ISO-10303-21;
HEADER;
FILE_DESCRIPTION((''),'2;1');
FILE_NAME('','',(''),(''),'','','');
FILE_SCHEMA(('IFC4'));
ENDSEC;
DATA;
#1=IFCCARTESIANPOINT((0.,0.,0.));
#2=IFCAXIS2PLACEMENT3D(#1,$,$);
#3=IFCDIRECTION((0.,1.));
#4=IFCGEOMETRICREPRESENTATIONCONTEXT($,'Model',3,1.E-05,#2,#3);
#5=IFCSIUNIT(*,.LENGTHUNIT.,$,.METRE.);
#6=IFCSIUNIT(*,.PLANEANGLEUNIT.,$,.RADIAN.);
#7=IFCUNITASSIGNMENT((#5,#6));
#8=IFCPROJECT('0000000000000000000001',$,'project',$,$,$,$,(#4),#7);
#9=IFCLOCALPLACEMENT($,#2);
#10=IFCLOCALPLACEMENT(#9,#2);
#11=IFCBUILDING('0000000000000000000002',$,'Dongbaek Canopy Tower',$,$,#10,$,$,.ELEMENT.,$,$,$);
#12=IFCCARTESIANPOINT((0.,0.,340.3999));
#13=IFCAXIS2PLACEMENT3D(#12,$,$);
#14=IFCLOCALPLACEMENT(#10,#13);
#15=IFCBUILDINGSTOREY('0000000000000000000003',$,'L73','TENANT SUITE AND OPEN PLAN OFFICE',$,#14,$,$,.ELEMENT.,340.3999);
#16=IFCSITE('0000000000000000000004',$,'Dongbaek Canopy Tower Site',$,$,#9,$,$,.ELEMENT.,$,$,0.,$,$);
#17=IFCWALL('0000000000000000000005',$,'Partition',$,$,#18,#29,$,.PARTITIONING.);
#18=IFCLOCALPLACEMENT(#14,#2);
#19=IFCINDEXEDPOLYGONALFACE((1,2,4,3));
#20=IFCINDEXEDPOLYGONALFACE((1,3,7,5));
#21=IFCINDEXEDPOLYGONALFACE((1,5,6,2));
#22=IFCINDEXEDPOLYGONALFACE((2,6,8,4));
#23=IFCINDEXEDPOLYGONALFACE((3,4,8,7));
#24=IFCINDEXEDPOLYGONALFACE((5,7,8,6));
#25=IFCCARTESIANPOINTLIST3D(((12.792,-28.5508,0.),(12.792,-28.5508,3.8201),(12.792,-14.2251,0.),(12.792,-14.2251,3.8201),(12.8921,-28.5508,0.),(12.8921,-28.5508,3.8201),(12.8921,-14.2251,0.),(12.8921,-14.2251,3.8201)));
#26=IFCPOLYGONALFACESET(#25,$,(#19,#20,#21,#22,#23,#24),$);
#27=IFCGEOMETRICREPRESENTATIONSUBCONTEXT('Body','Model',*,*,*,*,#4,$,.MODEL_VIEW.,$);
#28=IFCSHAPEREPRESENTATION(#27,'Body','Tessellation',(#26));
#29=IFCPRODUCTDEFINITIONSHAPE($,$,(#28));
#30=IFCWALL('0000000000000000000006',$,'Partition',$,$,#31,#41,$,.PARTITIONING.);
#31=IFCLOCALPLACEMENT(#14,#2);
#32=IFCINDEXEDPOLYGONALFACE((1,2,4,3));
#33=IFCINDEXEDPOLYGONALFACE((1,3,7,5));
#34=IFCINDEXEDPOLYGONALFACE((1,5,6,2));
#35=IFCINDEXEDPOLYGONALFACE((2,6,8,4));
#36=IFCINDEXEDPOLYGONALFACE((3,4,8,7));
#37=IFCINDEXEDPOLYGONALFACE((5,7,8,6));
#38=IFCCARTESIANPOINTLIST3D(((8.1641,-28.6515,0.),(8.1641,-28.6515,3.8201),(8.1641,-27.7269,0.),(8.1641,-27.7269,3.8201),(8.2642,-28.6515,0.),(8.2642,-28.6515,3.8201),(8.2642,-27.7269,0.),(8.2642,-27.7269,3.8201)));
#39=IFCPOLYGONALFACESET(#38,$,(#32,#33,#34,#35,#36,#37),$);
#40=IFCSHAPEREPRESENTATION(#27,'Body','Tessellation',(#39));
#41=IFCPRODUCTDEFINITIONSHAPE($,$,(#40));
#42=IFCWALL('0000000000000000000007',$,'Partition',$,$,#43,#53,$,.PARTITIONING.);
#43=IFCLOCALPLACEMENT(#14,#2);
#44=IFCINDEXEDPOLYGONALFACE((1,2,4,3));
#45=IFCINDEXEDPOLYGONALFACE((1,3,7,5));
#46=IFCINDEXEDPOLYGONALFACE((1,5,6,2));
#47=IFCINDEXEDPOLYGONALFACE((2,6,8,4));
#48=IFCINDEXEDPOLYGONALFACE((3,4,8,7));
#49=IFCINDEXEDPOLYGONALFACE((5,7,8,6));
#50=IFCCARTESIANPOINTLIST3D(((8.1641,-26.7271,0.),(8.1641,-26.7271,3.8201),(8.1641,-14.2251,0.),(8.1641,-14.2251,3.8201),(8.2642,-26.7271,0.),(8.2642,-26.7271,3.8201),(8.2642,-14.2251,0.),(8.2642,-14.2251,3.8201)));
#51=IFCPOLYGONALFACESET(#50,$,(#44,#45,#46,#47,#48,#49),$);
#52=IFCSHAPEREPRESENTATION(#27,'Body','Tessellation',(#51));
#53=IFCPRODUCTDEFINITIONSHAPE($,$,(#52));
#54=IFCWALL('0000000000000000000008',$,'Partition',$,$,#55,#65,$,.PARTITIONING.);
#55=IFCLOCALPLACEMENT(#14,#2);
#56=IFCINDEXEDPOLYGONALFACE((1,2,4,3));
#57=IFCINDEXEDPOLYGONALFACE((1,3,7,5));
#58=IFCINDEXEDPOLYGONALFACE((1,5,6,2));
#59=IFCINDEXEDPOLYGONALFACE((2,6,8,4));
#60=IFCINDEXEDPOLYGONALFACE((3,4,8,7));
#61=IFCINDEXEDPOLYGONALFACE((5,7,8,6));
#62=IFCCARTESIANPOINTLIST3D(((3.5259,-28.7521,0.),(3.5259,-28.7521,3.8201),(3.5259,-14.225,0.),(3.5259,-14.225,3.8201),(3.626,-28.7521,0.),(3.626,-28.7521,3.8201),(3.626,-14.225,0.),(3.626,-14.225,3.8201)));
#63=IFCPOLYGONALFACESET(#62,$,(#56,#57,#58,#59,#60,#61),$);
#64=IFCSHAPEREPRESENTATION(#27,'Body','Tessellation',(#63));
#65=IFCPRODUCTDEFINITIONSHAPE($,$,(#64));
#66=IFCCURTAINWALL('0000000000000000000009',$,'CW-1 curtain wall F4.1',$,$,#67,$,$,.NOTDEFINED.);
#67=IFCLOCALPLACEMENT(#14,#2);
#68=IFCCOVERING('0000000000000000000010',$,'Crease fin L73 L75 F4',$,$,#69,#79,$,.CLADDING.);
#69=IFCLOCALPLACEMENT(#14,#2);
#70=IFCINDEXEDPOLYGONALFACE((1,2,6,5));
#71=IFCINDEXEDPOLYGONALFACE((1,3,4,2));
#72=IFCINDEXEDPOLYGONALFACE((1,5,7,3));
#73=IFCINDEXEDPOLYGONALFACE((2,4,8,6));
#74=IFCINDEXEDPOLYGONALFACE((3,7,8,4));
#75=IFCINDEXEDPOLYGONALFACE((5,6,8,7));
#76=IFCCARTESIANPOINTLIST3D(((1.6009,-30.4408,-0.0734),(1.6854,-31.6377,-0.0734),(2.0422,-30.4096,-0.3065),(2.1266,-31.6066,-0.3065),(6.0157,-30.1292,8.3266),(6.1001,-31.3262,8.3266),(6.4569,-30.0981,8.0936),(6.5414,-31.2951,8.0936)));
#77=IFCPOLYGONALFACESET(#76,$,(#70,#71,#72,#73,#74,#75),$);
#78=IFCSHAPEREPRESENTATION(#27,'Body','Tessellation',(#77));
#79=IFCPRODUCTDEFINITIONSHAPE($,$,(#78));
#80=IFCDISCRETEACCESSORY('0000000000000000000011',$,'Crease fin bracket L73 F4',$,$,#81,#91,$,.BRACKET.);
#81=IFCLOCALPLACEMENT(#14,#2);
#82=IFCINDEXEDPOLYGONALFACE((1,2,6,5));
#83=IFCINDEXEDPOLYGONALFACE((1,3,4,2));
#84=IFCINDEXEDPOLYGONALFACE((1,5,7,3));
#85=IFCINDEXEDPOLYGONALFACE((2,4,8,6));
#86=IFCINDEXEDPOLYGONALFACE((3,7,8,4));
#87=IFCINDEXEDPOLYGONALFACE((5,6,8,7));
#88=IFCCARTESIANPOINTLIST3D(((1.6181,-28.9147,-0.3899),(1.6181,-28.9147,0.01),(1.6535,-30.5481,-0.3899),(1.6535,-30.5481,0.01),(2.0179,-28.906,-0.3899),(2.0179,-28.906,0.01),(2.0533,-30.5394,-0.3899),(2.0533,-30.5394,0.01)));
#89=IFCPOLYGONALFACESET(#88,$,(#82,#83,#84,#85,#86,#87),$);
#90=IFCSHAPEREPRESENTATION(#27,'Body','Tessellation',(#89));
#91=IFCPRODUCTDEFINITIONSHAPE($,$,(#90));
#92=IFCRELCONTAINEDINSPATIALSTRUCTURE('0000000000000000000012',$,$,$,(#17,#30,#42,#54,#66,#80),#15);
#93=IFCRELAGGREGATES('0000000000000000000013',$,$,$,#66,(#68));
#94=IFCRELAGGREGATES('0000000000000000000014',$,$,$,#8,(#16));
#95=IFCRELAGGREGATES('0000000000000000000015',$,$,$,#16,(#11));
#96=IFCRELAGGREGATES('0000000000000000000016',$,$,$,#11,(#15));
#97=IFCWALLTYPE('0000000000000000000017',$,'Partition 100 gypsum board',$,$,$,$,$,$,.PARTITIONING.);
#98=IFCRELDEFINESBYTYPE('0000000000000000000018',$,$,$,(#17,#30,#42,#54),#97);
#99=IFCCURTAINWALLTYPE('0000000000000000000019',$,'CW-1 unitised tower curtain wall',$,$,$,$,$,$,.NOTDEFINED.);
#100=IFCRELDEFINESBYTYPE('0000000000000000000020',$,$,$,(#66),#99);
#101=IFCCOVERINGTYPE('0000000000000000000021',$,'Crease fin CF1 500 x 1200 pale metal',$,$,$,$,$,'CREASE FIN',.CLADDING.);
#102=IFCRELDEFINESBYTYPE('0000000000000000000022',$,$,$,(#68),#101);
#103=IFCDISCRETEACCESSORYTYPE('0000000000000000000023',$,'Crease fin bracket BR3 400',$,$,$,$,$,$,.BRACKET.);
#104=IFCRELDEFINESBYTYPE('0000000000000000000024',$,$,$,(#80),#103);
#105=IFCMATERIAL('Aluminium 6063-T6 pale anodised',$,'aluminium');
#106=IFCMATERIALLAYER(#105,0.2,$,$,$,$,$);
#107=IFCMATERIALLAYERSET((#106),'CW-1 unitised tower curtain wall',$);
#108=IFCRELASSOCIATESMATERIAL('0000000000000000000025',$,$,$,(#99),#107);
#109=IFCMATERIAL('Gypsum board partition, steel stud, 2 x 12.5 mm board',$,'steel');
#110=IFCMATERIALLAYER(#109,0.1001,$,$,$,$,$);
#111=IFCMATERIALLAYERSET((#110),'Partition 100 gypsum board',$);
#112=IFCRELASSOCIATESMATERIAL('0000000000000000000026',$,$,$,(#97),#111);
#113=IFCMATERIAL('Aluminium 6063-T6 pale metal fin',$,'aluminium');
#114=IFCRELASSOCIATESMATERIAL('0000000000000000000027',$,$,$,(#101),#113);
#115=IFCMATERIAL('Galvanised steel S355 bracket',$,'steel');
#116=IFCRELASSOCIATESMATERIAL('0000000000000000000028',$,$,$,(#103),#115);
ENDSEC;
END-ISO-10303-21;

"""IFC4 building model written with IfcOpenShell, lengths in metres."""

from ifc_helpers import new_model, si_unit, direction, frame, frame_2d, origin, origin_2d, place, context, subcontext, project, spatial, rectangle, extrude, material, layer, layer_set, material_profile, profile_set, type_object, element, aggregate, save


model = new_model("IFC4")

# Units and contexts
model_context = context("Model", 3, precision=1e-05, world=origin(), true_north=direction((0.0, 1.0)))
body_context = subcontext(model_context, "Body", "Model", "MODEL_VIEW")
ifc_project = project(units=[si_unit("LENGTHUNIT", "METRE"), si_unit("PLANEANGLEUNIT", "RADIAN")], contexts=[model_context])

# Site, building, storey
site_placement = place(None, origin())
site = spatial("IfcSite", under=ifc_project, at=site_placement, Name="Dongbaek Canopy Tower Site", CompositionType="ELEMENT", RefElevation=0.0)
building_placement = place(site_placement, origin())
building = spatial("IfcBuilding", under=site, at=building_placement, Name="Dongbaek Canopy Tower", CompositionType="ELEMENT")
storey_placement = place(building_placement, frame((0.0, 0.0, 340.3999)))
storey = spatial("IfcBuildingStorey", under=building, at=storey_placement, Name="L73", Description="TENANT SUITE AND OPEN PLAN OFFICE", CompositionType="ELEMENT", Elevation=340.3999)

# Shared definitions
ifc_material_1 = material(Name="Aluminium 6063-T6 pale anodised", Category="aluminium")
ifc_layer_1 = layer(ifc_material_1, 0.2)
ifc_layer_set_1 = layer_set([ifc_layer_1], Name="CW-1 unitised tower curtain wall")
curtain_wall_type = type_object("IfcCurtainWallType", Name="CW-1 unitised tower curtain wall", PredefinedType="NOTDEFINED", material=ifc_layer_set_1)

# Walls
ifc_material_2 = material(Name="Gypsum board partition, steel stud, 2 x 12.5 mm board", Category="steel")
ifc_layer_2 = layer(ifc_material_2, 0.1001)
ifc_layer_set_2 = layer_set([ifc_layer_2], Name="Partition 100 gypsum board")
wall_type_1 = type_object("IfcWallType", Name="Partition 100 gypsum board", PredefinedType="PARTITIONING", material=ifc_layer_set_2)
wall_1_placement = place(storey_placement, frame((12.842, -28.5508, 0.0), z_axis=(0.0, 0.0, 1.0), x_axis=(0.0, 1.0, 0.0)))
element("IfcWall", 1, at=wall_1_placement, inside=storey, type_object=wall_type_1, Name="Partition", PredefinedType="PARTITIONING", context=body_context, shape_type="SweptSolid", body=[
    extrude(rectangle(XDim=14.3257, YDim=0.1001, at=frame_2d((7.1628, 0.0))), origin(), (0.0, 0.0, 1.0), 3.8201),
])
wall_2_placement = place(storey_placement, frame((8.2141, -28.6516, 0.0), z_axis=(0.0, 0.0, 1.0), x_axis=(0.0, 1.0, 0.0)))
element("IfcWall", 2, at=wall_2_placement, inside=storey, type_object=wall_type_1, Name="Partition", PredefinedType="PARTITIONING", context=body_context, shape_type="SweptSolid", body=[
    extrude(rectangle(XDim=0.9246, YDim=0.1001, at=frame_2d((0.4624, 0.0))), origin(), (0.0, 0.0, 1.0), 3.8201),
])
wall_3_placement = place(storey_placement, frame((8.2141, -26.7271, 0.0), z_axis=(0.0, 0.0, 1.0), x_axis=(0.0, 1.0, 0.0)))
element("IfcWall", 3, at=wall_3_placement, inside=storey, type_object=wall_type_1, Name="Partition", PredefinedType="PARTITIONING", context=body_context, shape_type="SweptSolid", body=[
    extrude(rectangle(XDim=12.502, YDim=0.1001, at=frame_2d((6.251, 0.0))), origin(), (0.0, 0.0, 1.0), 3.8201),
])
wall_4_placement = place(storey_placement, frame((3.5759, -28.7522, 0.0), z_axis=(0.0, 0.0, 1.0), x_axis=(0.0, 1.0, 0.0)))
element("IfcWall", 4, at=wall_4_placement, inside=storey, type_object=wall_type_1, Name="Partition", PredefinedType="PARTITIONING", context=body_context, shape_type="SweptSolid", body=[
    extrude(rectangle(XDim=14.5271, YDim=0.1001, at=frame_2d((7.2637, 0.0))), origin(), (0.0, 0.0, 1.0), 3.8201),
])

# Curtain wall, covering
curtain_wall_1_placement = place(storey_placement, origin())
curtain_wall_1 = element("IfcCurtainWall", 5, at=curtain_wall_1_placement, inside=storey, type_object=curtain_wall_type, Name="CW-1 curtain wall F4.1", PredefinedType="NOTDEFINED")
ifc_material_3 = material(Name="Aluminium 6063-T6 pale metal fin", Category="aluminium")
ifc_material_profile_1 = material_profile(ifc_material_3, rectangle(XDim=1.2, YDim=0.5, at=origin_2d()), Name="Crease fin CF1 500 x 1200 pale metal")
ifc_profile_set_1 = profile_set([ifc_material_profile_1], Name="Aluminium 6063-T6 pale metal fin")
covering_type = type_object("IfcCoveringType", Name="Crease fin CF1 500 x 1200 pale metal", ElementType="CREASE FIN", PredefinedType="CLADDING", material=ifc_profile_set_1)
covering_placement = place(storey_placement, frame((1.8638, -31.0237, -0.1899), z_axis=(0.464973, 0.03281, 0.884717), x_axis=(-0.070388, 0.99752, 0.0)))
covering = element("IfcCovering", 6, at=covering_placement, type_object=covering_type, Name="Crease fin L73 L75 F4", PredefinedType="CLADDING", context=body_context, shape_type="SweptSolid", body=[
    extrude(rectangle(XDim=1.2, YDim=0.5, at=origin_2d()), origin(), (0.0, 0.0, 1.0), 9.4946),
])
aggregate(curtain_wall_1, [covering])

# Discrete accessory
ifc_material_4 = material(Name="Galvanised steel S355 bracket", Category="steel")
discrete_accessory_type = type_object("IfcDiscreteAccessoryType", Name="Crease fin bracket BR3 400", PredefinedType="BRACKET", material=ifc_material_4)
discrete_accessory_placement = place(storey_placement, frame((1.8357, -29.7271, -0.3899), z_axis=(0.0, 0.0, 1.0), x_axis=(0.021675, -0.999765, 0.0)))
element("IfcDiscreteAccessory", 7, at=discrete_accessory_placement, inside=storey, type_object=discrete_accessory_type, Name="Crease fin bracket L73 F4", PredefinedType="BRACKET", context=body_context, shape_type="SweptSolid", body=[
    extrude(rectangle(XDim=1.6338, YDim=0.3999, at=origin_2d()), origin(), (0.0, 0.0, 1.0), 0.3999),
])

save(model, "model.ifc")
